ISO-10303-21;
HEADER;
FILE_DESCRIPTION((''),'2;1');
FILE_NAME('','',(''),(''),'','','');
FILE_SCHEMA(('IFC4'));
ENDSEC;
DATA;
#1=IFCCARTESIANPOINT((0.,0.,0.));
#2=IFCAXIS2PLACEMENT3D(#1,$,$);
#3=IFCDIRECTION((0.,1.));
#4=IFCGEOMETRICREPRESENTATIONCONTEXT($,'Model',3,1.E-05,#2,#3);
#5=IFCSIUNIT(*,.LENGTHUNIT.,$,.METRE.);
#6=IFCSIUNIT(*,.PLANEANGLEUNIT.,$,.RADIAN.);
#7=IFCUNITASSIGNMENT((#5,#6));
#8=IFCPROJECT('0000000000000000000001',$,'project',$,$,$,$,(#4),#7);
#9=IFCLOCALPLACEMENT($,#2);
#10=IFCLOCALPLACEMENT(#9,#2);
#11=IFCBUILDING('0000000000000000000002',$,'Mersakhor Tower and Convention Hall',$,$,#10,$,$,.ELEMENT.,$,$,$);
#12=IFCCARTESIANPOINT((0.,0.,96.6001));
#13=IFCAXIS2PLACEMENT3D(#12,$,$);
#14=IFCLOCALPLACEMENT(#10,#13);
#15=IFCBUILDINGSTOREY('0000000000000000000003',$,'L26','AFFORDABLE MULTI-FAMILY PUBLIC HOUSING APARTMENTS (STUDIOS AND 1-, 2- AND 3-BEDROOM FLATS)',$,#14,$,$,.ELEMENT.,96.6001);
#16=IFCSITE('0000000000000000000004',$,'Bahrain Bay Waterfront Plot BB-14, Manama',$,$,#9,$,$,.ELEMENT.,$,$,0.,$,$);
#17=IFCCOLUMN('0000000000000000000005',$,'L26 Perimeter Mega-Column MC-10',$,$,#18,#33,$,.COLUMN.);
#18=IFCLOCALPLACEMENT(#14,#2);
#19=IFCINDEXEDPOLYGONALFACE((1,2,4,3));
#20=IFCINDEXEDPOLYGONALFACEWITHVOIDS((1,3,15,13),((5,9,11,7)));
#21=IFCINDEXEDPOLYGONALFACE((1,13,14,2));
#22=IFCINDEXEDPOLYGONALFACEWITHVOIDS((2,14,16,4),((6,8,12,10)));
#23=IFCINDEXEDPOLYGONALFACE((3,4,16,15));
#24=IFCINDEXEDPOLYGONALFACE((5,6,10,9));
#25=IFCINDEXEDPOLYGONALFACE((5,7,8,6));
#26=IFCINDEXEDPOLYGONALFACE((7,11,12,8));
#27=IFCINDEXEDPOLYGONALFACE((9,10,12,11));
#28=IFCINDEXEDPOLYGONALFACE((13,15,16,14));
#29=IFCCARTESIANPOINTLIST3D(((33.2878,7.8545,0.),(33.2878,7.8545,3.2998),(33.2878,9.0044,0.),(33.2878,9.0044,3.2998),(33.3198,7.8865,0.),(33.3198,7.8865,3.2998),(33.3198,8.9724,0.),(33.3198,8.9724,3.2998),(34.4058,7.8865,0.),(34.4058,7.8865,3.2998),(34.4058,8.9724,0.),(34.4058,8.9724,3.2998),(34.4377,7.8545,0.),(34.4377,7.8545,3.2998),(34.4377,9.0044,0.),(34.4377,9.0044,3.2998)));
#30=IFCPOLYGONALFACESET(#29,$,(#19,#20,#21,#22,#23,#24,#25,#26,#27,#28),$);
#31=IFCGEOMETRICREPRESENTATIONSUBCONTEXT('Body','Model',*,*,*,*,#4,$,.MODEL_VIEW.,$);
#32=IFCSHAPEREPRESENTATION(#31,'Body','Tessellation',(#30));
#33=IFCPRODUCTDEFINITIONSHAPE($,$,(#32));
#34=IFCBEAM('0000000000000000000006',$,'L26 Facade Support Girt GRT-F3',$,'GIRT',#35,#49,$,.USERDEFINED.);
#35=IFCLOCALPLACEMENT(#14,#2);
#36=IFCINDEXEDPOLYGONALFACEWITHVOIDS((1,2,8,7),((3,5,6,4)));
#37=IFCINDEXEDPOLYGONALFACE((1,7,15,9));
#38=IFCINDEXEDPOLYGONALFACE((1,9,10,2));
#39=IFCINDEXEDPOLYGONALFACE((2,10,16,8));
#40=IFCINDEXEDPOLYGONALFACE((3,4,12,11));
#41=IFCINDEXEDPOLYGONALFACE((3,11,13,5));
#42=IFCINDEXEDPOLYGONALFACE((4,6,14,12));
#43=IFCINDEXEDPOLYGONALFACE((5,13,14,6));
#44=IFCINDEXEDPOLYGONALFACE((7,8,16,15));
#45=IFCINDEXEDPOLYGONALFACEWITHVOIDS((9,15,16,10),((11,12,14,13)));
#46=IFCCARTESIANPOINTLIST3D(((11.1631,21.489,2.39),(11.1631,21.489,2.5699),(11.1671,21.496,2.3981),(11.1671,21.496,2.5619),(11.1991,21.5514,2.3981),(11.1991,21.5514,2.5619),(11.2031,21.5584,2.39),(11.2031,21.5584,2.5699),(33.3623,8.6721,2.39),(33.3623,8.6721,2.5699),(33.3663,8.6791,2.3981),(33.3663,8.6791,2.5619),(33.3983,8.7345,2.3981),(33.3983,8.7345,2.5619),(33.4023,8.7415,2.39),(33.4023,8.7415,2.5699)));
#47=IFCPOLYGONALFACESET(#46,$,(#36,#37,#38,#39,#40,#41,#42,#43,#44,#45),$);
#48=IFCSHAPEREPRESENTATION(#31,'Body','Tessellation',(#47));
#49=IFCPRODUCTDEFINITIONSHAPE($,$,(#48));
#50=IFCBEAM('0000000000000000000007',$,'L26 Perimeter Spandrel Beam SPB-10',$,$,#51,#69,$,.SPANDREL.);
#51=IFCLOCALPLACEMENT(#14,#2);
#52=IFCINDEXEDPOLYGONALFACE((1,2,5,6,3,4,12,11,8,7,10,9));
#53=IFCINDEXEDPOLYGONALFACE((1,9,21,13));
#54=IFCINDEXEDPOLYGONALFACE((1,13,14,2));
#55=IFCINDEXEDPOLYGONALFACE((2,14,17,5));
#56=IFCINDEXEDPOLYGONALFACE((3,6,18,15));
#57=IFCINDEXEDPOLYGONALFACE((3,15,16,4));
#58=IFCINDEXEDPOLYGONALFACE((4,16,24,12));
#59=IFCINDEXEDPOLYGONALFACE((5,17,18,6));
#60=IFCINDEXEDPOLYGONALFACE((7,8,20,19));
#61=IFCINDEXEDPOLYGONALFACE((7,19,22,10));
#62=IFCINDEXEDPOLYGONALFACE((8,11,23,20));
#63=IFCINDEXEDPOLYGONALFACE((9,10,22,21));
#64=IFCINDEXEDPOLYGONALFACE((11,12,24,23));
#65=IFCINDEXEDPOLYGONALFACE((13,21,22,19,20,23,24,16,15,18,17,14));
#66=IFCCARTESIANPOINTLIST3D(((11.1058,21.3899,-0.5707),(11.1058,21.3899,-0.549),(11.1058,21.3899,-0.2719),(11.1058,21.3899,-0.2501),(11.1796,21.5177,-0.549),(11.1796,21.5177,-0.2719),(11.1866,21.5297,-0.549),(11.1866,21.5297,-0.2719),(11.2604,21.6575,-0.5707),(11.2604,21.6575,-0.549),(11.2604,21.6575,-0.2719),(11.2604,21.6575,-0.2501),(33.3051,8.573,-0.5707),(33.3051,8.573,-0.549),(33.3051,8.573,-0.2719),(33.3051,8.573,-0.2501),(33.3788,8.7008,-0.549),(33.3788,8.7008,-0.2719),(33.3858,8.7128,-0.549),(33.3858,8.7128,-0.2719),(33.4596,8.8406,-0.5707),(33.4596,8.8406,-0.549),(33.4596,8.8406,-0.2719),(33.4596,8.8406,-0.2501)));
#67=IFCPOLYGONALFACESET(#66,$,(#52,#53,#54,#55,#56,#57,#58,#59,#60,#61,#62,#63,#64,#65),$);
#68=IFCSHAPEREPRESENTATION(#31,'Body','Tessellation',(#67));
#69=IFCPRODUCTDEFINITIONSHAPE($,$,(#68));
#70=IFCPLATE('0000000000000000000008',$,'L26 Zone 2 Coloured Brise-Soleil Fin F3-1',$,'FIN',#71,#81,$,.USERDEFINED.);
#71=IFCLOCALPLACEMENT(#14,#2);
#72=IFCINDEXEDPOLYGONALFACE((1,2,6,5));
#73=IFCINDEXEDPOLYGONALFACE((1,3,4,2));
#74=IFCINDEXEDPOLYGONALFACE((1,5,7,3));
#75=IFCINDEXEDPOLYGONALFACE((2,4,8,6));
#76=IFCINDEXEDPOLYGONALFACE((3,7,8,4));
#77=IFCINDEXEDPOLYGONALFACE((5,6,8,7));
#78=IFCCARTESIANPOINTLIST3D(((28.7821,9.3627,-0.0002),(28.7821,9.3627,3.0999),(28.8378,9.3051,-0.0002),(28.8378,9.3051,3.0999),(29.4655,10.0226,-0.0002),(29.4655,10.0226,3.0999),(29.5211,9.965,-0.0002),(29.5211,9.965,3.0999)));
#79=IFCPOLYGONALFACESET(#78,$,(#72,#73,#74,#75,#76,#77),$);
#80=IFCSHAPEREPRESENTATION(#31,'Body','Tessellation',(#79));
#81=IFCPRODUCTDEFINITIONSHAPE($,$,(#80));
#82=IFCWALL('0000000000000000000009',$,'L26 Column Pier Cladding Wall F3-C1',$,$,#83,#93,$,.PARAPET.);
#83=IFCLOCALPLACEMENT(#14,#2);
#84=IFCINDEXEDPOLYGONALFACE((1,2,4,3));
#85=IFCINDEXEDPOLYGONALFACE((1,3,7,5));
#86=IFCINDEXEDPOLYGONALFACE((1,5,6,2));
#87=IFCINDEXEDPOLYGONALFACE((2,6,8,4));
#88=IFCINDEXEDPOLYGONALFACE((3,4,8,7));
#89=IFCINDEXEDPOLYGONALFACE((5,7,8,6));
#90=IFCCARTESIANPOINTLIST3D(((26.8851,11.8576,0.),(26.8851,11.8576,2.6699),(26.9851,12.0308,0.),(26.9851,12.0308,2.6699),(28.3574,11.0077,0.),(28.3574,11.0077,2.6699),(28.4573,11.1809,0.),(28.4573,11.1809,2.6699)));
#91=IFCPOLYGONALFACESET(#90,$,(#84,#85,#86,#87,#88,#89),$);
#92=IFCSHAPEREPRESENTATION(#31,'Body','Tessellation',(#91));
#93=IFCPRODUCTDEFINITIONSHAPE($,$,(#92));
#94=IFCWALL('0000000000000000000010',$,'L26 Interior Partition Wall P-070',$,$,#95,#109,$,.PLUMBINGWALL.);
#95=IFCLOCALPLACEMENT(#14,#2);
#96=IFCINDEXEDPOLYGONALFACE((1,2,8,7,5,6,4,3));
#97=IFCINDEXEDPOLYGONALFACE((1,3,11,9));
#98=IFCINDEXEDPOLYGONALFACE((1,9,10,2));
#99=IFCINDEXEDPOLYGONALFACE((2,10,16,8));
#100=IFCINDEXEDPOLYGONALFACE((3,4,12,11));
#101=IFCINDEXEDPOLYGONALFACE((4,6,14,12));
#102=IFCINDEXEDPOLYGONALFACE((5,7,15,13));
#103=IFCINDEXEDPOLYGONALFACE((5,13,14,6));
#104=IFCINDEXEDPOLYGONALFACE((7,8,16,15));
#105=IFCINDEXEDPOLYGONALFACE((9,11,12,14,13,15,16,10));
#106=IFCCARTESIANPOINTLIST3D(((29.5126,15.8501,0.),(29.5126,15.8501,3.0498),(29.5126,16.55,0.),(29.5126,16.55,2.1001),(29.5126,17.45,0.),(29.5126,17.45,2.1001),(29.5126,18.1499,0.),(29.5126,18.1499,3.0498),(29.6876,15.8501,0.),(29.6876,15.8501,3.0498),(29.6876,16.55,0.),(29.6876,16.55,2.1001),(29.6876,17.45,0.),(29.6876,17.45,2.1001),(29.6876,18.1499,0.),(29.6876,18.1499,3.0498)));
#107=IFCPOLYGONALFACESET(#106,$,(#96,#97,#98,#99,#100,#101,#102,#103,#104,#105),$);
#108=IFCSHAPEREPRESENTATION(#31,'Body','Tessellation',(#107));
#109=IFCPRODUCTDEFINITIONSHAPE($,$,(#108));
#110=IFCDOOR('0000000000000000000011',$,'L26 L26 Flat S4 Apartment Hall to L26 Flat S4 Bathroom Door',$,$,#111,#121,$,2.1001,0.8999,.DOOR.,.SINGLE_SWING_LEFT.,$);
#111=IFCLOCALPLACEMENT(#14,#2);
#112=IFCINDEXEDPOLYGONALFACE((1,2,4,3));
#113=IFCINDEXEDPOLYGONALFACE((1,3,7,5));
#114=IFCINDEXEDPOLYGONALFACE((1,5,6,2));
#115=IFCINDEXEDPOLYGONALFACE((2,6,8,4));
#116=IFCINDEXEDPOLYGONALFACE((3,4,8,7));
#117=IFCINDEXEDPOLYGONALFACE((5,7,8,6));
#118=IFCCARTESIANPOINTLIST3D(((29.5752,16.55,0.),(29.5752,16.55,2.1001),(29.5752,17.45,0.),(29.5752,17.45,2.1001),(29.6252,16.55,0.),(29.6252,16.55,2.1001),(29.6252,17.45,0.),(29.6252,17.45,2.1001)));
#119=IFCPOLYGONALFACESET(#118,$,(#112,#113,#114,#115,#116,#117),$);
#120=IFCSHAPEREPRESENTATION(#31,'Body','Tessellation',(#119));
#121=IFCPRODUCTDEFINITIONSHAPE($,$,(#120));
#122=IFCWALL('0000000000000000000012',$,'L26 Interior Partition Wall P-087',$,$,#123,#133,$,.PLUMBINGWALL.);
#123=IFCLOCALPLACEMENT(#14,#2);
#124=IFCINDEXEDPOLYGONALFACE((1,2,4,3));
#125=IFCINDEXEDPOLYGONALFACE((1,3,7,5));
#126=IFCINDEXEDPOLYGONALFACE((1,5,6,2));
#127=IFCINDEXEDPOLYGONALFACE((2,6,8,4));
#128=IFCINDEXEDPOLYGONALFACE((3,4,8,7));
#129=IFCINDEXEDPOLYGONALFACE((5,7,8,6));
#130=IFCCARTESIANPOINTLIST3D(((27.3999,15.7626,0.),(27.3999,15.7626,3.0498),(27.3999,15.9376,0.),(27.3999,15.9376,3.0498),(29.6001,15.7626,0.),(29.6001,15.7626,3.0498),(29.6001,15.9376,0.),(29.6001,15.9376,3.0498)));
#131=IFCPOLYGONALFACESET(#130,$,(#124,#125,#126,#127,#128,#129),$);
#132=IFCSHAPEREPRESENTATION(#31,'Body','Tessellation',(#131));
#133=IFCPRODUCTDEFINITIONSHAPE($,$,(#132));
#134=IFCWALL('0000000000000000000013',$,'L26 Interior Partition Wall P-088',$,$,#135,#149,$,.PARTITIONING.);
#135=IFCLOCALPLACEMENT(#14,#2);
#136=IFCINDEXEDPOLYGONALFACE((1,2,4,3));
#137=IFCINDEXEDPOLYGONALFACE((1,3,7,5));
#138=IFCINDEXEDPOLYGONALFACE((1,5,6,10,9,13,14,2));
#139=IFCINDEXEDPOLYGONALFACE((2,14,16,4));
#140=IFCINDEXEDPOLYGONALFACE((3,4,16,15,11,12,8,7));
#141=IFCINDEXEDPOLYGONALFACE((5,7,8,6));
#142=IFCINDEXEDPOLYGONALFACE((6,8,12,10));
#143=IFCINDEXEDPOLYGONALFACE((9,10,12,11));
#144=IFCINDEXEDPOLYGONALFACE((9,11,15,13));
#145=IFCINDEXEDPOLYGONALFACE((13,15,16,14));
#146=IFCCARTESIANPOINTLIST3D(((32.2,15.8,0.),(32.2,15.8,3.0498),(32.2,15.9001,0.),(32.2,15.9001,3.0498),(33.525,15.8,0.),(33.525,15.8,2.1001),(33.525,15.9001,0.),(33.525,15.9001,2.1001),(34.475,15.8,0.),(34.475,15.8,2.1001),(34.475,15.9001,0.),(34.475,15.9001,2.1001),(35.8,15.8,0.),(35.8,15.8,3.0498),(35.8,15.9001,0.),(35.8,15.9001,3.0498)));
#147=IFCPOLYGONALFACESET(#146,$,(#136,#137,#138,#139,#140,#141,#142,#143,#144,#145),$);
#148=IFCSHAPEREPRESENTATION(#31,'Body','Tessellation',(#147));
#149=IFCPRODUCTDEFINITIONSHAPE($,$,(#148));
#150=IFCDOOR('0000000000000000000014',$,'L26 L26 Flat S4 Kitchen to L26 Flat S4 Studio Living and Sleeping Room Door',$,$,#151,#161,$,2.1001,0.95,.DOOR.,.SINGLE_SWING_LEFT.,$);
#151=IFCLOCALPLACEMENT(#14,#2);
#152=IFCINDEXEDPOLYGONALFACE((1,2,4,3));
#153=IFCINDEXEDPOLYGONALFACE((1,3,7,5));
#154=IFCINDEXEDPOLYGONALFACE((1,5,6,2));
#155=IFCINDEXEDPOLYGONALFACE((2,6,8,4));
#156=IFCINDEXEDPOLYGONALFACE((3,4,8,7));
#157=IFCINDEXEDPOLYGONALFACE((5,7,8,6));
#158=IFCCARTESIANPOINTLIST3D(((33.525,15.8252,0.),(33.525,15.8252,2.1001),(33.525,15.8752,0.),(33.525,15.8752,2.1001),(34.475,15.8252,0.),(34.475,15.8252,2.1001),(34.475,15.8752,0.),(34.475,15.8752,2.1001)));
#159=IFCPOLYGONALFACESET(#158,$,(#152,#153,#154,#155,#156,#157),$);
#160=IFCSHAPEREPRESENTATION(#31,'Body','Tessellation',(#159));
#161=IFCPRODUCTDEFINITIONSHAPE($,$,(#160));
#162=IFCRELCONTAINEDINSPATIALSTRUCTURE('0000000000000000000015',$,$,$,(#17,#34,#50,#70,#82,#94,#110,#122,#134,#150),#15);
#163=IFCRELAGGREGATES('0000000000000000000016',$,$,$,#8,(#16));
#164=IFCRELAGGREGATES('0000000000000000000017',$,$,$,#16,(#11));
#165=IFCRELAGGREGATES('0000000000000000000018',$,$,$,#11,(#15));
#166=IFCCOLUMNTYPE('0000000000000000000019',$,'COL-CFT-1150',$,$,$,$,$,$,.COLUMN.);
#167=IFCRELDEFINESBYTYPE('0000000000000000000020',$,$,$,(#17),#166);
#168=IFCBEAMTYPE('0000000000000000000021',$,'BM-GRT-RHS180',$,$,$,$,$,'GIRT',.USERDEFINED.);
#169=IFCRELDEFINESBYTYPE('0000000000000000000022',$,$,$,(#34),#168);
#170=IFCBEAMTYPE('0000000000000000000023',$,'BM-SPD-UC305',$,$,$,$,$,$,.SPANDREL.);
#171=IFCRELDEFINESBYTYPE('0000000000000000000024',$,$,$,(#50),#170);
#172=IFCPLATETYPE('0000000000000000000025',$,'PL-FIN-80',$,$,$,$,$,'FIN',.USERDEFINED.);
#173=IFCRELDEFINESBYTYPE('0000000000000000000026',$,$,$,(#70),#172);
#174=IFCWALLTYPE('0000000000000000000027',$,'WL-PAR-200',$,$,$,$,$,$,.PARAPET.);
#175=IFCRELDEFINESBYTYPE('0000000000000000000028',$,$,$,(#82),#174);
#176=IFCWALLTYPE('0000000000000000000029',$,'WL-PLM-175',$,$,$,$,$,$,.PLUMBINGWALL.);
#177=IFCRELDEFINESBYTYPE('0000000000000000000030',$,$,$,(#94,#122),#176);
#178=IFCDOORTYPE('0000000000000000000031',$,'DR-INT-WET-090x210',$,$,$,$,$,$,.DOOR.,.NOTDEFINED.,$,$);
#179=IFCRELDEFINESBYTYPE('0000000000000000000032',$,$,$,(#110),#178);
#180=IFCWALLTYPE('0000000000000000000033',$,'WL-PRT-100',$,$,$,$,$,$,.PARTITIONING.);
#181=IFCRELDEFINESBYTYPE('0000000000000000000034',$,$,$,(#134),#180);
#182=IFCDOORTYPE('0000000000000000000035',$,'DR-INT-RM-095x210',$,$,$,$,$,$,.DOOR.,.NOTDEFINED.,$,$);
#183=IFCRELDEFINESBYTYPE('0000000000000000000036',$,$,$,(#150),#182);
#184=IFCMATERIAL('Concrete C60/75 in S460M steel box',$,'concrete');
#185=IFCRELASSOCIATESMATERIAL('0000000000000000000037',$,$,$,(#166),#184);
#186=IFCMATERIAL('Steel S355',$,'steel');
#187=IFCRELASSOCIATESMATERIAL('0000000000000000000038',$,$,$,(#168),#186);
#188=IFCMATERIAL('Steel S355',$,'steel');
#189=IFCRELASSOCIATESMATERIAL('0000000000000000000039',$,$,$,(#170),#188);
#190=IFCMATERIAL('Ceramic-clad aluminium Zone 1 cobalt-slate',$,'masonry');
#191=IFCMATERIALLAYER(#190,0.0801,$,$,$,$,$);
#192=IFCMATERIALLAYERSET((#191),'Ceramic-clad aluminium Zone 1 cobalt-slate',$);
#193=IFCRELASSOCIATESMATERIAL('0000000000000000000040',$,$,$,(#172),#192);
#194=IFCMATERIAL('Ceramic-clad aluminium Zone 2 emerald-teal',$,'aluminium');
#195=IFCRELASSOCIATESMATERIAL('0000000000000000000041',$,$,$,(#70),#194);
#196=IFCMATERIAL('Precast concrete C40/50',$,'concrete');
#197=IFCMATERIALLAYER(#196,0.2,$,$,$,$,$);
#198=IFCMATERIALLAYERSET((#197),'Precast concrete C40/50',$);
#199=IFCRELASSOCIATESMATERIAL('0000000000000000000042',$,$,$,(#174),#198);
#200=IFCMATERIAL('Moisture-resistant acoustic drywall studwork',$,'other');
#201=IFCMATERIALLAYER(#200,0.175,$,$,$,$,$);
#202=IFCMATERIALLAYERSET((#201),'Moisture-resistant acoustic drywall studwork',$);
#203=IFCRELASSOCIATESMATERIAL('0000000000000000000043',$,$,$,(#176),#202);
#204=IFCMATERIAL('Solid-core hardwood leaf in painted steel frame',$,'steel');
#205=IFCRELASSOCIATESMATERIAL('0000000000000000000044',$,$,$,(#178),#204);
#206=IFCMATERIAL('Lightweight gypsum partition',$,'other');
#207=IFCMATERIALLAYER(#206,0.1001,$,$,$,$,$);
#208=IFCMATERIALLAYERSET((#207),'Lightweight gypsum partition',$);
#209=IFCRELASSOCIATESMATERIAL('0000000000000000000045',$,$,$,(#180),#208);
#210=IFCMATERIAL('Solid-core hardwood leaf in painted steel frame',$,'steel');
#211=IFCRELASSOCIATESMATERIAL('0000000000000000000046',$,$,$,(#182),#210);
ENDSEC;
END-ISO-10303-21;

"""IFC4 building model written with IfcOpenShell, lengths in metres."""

from ifc_helpers import new_model, si_unit, direction, frame, frame_2d, origin, origin_2d, place, context, subcontext, project, spatial, rectangle, hollow_rectangle, i_section, extrude, material, layer, layer_set, material_profile, profile_set, type_object, element, fill, save


model = new_model("IFC4")

# Units and contexts
model_context = context("Model", 3, precision=1e-05, world=origin(), true_north=direction((0.0, 1.0)))
body_context = subcontext(model_context, "Body", "Model", "MODEL_VIEW")
ifc_project = project(units=[si_unit("LENGTHUNIT", "METRE"), si_unit("PLANEANGLEUNIT", "RADIAN")], contexts=[model_context])

# Site, building, storey
site_placement = place(None, origin())
site = spatial("IfcSite", under=ifc_project, at=site_placement, Name="Bahrain Bay Waterfront Plot BB-14, Manama", CompositionType="ELEMENT", RefElevation=0.0)
building_placement = place(site_placement, origin())
building = spatial("IfcBuilding", under=site, at=building_placement, Name="Mersakhor Tower and Convention Hall", CompositionType="ELEMENT")
storey_placement = place(building_placement, frame((0.0, 0.0, 96.6001)))
storey = spatial("IfcBuildingStorey", under=building, at=storey_placement, Name="L26", Description="AFFORDABLE MULTI-FAMILY PUBLIC HOUSING APARTMENTS (STUDIOS AND 1-, 2- AND 3-BEDROOM FLATS)", CompositionType="ELEMENT", Elevation=96.6001)

# Column
ifc_material_1 = material(Name="Concrete C60/75 in S460M steel box", Category="concrete")
ifc_material_profile_1 = material_profile(ifc_material_1, hollow_rectangle(XDim=1.1499, YDim=1.1499, WallThickness=0.032, at=origin_2d()), Name="SHS 1150x1150x32")
ifc_profile_set_1 = profile_set([ifc_material_profile_1], Name="Concrete C60/75 in S460M steel box")
column_type = type_object("IfcColumnType", Name="COL-CFT-1150", PredefinedType="COLUMN", material=ifc_profile_set_1)
column_placement = place(storey_placement, frame((33.8628, 8.4294, 0.0), z_axis=(0.0, 0.0, 1.0), x_axis=(1.0, 0.0, 0.0)))
element("IfcColumn", 1, at=column_placement, inside=storey, type_object=column_type, Name="L26 Perimeter Mega-Column MC-10", PredefinedType="COLUMN", context=body_context, shape_type="SweptSolid", body=[
    extrude(hollow_rectangle(XDim=1.1499, YDim=1.1499, WallThickness=0.032, at=origin_2d()), origin(), (0.0, 0.0, 1.0), 3.2998),
])

# Beams
ifc_material_2 = material(Name="Steel S355", Category="steel")
ifc_material_profile_2 = material_profile(ifc_material_2, hollow_rectangle(XDim=0.0801, YDim=0.1799, WallThickness=0.0081, at=origin_2d()), Name="RHS 180x80x8")
ifc_profile_set_2 = profile_set([ifc_material_profile_2], Name="Steel S355")
beam_type_1 = type_object("IfcBeamType", Name="BM-GRT-RHS180", ElementType="GIRT", PredefinedType="USERDEFINED", material=ifc_profile_set_2)
beam_1_placement = place(storey_placement, frame((33.3823, 8.7068, 2.48), z_axis=(-0.866023, 0.500005, 0.0), x_axis=(-0.500005, -0.866023, 0.0)))
element("IfcBeam", 2, at=beam_1_placement, inside=storey, type_object=beam_type_1, Name="L26 Facade Support Girt GRT-F3", ObjectType="GIRT", PredefinedType="USERDEFINED", context=body_context, shape_type="SweptSolid", body=[
    extrude(hollow_rectangle(XDim=0.0801, YDim=0.1799, WallThickness=0.0081, at=origin_2d()), origin(), (0.0, 0.0, 1.0), 25.6335),
])
ifc_material_3 = material(Name="Steel S355", Category="steel")
ifc_material_profile_3 = material_profile(ifc_material_3, i_section(OverallWidth=0.3091, OverallDepth=0.3206, WebThickness=0.0139, FlangeThickness=0.0217, at=origin_2d()), Name="UC 305x305x137")
ifc_profile_set_3 = profile_set([ifc_material_profile_3], Name="Steel S355")
beam_type_2 = type_object("IfcBeamType", Name="BM-SPD-UC305", PredefinedType="SPANDREL", material=ifc_profile_set_3)
beam_2_placement = place(storey_placement, frame((33.3823, 8.7068, -0.4104), z_axis=(-0.866023, 0.500005, 0.0), x_axis=(-0.500005, -0.866023, 0.0)))
element("IfcBeam", 3, at=beam_2_placement, inside=storey, type_object=beam_type_2, Name="L26 Perimeter Spandrel Beam SPB-10", PredefinedType="SPANDREL", context=body_context, shape_type="SweptSolid", body=[
    extrude(i_section(OverallWidth=0.3091, OverallDepth=0.3206, WebThickness=0.0139, FlangeThickness=0.0217, at=origin_2d()), origin(), (0.0, 0.0, 1.0), 25.6335),
])

# Plate
ifc_material_4 = material(Name="Ceramic-clad aluminium Zone 2 emerald-teal", Category="aluminium")
ifc_material_5 = material(Name="Ceramic-clad aluminium Zone 1 cobalt-slate", Category="masonry")
ifc_layer_1 = layer(ifc_material_5, 0.0801)
ifc_layer_set_1 = layer_set([ifc_layer_1], Name="Ceramic-clad aluminium Zone 1 cobalt-slate")
plate_type = type_object("IfcPlateType", Name="PL-FIN-80", ElementType="FIN", PredefinedType="USERDEFINED", material=ifc_layer_set_1)
plate_placement = place(storey_placement, frame((29.1516, 9.6638, -0.0002), z_axis=(0.0, 0.0, 1.0), x_axis=(-0.71934, -0.694658, 0.0)))
element("IfcPlate", 4, at=plate_placement, inside=storey, type_object=plate_type, material=ifc_material_4, Name="L26 Zone 2 Coloured Brise-Soleil Fin F3-1", ObjectType="FIN", PredefinedType="USERDEFINED", context=body_context, shape_type="SweptSolid", body=[
    extrude(rectangle(XDim=0.95, YDim=0.0801, at=origin_2d()), origin(), (0.0, 0.0, 1.0), 3.1001),
])

# Wall
ifc_material_6 = material(Name="Precast concrete C40/50", Category="concrete")
ifc_layer_2 = layer(ifc_material_6, 0.2)
ifc_layer_set_2 = layer_set([ifc_layer_2], Name="Precast concrete C40/50")
wall_type_1 = type_object("IfcWallType", Name="WL-PAR-200", PredefinedType="PARAPET", material=ifc_layer_set_2)
wall_1_placement = place(storey_placement, frame((28.4075, 11.0942, 0.0), z_axis=(0.0, 0.0, 1.0), x_axis=(-0.866052, 0.499955, 0.0)))
element("IfcWall", 5, at=wall_1_placement, inside=storey, type_object=wall_type_1, Name="L26 Column Pier Cladding Wall F3-C1", PredefinedType="PARAPET", context=body_context, shape_type="SweptSolid", body=[
    extrude(rectangle(XDim=1.7, YDim=0.2, at=frame_2d((0.8501, 0.0))), origin(), (0.0, 0.0, 1.0), 2.6699),
])

# Wall, opening, door
ifc_material_7 = material(Name="Moisture-resistant acoustic drywall studwork", Category="other")
ifc_layer_3 = layer(ifc_material_7, 0.175)
ifc_layer_set_3 = layer_set([ifc_layer_3], Name="Moisture-resistant acoustic drywall studwork")
wall_type_2 = type_object("IfcWallType", Name="WL-PLM-175", PredefinedType="PLUMBINGWALL", material=ifc_layer_set_3)
wall_2_placement = place(storey_placement, frame((29.6001, 15.8501, 0.0), z_axis=(0.0, 0.0, 1.0), x_axis=(0.0, 1.0, 0.0)))
wall_2 = element("IfcWall", 6, at=wall_2_placement, inside=storey, type_object=wall_type_2, Name="L26 Interior Partition Wall P-070", PredefinedType="PLUMBINGWALL", context=body_context, shape_type="SweptSolid", body=[
    extrude(rectangle(XDim=2.2998, YDim=0.175, at=frame_2d((1.1499, 0.0))), origin(), (0.0, 0.0, 1.0), 3.0498),
])
opening_1_placement = place(wall_2_placement, frame((0.7, 0.0, 0.0)))
opening_1 = element("IfcOpeningElement", 7, at=opening_1_placement, cuts=wall_2, PredefinedType="OPENING", context=body_context, shape_type="SweptSolid", body=[
    extrude(rectangle(XDim=0.8999, YDim=2.1001, at=frame_2d((0.45, 1.05))), frame((0.0, 0.0974, 0.0), z_axis=(0.0, -1.0, 0.0), x_axis=(1.0, 0.0, 0.0)), (0.0, 0.0, 1.0), 0.1951),
])
ifc_material_8 = material(Name="Solid-core hardwood leaf in painted steel frame", Category="steel")
door_type_1 = type_object("IfcDoorType", Name="DR-INT-WET-090x210", OperationType="NOTDEFINED", PredefinedType="DOOR", material=ifc_material_8)
door_1_placement = place(opening_1_placement, origin())
door_1 = element("IfcDoor", 8, at=door_1_placement, inside=storey, type_object=door_type_1, Name="L26 L26 Flat S4 Apartment Hall to L26 Flat S4 Bathroom Door", OperationType="SINGLE_SWING_LEFT", OverallHeight=2.1001, OverallWidth=0.8999, PredefinedType="DOOR", context=body_context, shape_type="SweptSolid", body=[
    extrude(rectangle(XDim=0.8999, YDim=2.1001, at=frame_2d((0.45, 1.05))), frame((0.0, 0.0249, 0.0), z_axis=(0.0, -1.0, 0.0), x_axis=(1.0, 0.0, 0.0)), (0.0, 0.0, 1.0), 0.05),
])
fill(opening_1, door_1)

# Wall
wall_3_placement = place(storey_placement, frame((29.6001, 15.8501, 0.0), z_axis=(0.0, 0.0, 1.0), x_axis=(-1.0, 0.0, 0.0)))
element("IfcWall", 9, at=wall_3_placement, inside=storey, type_object=wall_type_2, Name="L26 Interior Partition Wall P-087", PredefinedType="PLUMBINGWALL", context=body_context, shape_type="SweptSolid", body=[
    extrude(rectangle(XDim=2.2002, YDim=0.175, at=frame_2d((1.1001, 0.0))), origin(), (0.0, 0.0, 1.0), 3.0498),
])

# Wall, opening, door
ifc_material_9 = material(Name="Lightweight gypsum partition", Category="other")
ifc_layer_4 = layer(ifc_material_9, 0.1001)
ifc_layer_set_4 = layer_set([ifc_layer_4], Name="Lightweight gypsum partition")
wall_type_3 = type_object("IfcWallType", Name="WL-PRT-100", PredefinedType="PARTITIONING", material=ifc_layer_set_4)
wall_4_placement = place(storey_placement, frame((35.8, 15.8501, 0.0), z_axis=(0.0, 0.0, 1.0), x_axis=(-1.0, 0.0, 0.0)))
wall_4 = element("IfcWall", 10, at=wall_4_placement, inside=storey, type_object=wall_type_3, Name="L26 Interior Partition Wall P-088", PredefinedType="PARTITIONING", context=body_context, shape_type="SweptSolid", body=[
    extrude(rectangle(XDim=3.6001, YDim=0.1001, at=frame_2d((1.8, 0.0))), origin(), (0.0, 0.0, 1.0), 3.0498),
])
opening_2_placement = place(wall_4_placement, frame((1.325, 0.0, 0.0)))
opening_2 = element("IfcOpeningElement", 11, at=opening_2_placement, cuts=wall_4, PredefinedType="OPENING", context=body_context, shape_type="SweptSolid", body=[
    extrude(rectangle(XDim=0.95, YDim=2.1001, at=frame_2d((0.4751, 1.05))), frame((0.0, 0.0601, 0.0), z_axis=(0.0, -1.0, 0.0), x_axis=(1.0, 0.0, 0.0)), (0.0, 0.0, 1.0), 0.1201),
])
ifc_material_10 = material(Name="Solid-core hardwood leaf in painted steel frame", Category="steel")
door_type_2 = type_object("IfcDoorType", Name="DR-INT-RM-095x210", OperationType="NOTDEFINED", PredefinedType="DOOR", material=ifc_material_10)
door_2_placement = place(opening_2_placement, origin())
door_2 = element("IfcDoor", 12, at=door_2_placement, inside=storey, type_object=door_type_2, Name="L26 L26 Flat S4 Kitchen to L26 Flat S4 Studio Living and Sleeping Room Door", OperationType="SINGLE_SWING_LEFT", OverallHeight=2.1001, OverallWidth=0.95, PredefinedType="DOOR", context=body_context, shape_type="SweptSolid", body=[
    extrude(rectangle(XDim=0.95, YDim=2.1001, at=frame_2d((0.4751, 1.05))), frame((0.0, 0.0249, 0.0), z_axis=(0.0, -1.0, 0.0), x_axis=(1.0, 0.0, 0.0)), (0.0, 0.0, 1.0), 0.05),
])
fill(opening_2, door_2)

save(model, "model.ifc")
